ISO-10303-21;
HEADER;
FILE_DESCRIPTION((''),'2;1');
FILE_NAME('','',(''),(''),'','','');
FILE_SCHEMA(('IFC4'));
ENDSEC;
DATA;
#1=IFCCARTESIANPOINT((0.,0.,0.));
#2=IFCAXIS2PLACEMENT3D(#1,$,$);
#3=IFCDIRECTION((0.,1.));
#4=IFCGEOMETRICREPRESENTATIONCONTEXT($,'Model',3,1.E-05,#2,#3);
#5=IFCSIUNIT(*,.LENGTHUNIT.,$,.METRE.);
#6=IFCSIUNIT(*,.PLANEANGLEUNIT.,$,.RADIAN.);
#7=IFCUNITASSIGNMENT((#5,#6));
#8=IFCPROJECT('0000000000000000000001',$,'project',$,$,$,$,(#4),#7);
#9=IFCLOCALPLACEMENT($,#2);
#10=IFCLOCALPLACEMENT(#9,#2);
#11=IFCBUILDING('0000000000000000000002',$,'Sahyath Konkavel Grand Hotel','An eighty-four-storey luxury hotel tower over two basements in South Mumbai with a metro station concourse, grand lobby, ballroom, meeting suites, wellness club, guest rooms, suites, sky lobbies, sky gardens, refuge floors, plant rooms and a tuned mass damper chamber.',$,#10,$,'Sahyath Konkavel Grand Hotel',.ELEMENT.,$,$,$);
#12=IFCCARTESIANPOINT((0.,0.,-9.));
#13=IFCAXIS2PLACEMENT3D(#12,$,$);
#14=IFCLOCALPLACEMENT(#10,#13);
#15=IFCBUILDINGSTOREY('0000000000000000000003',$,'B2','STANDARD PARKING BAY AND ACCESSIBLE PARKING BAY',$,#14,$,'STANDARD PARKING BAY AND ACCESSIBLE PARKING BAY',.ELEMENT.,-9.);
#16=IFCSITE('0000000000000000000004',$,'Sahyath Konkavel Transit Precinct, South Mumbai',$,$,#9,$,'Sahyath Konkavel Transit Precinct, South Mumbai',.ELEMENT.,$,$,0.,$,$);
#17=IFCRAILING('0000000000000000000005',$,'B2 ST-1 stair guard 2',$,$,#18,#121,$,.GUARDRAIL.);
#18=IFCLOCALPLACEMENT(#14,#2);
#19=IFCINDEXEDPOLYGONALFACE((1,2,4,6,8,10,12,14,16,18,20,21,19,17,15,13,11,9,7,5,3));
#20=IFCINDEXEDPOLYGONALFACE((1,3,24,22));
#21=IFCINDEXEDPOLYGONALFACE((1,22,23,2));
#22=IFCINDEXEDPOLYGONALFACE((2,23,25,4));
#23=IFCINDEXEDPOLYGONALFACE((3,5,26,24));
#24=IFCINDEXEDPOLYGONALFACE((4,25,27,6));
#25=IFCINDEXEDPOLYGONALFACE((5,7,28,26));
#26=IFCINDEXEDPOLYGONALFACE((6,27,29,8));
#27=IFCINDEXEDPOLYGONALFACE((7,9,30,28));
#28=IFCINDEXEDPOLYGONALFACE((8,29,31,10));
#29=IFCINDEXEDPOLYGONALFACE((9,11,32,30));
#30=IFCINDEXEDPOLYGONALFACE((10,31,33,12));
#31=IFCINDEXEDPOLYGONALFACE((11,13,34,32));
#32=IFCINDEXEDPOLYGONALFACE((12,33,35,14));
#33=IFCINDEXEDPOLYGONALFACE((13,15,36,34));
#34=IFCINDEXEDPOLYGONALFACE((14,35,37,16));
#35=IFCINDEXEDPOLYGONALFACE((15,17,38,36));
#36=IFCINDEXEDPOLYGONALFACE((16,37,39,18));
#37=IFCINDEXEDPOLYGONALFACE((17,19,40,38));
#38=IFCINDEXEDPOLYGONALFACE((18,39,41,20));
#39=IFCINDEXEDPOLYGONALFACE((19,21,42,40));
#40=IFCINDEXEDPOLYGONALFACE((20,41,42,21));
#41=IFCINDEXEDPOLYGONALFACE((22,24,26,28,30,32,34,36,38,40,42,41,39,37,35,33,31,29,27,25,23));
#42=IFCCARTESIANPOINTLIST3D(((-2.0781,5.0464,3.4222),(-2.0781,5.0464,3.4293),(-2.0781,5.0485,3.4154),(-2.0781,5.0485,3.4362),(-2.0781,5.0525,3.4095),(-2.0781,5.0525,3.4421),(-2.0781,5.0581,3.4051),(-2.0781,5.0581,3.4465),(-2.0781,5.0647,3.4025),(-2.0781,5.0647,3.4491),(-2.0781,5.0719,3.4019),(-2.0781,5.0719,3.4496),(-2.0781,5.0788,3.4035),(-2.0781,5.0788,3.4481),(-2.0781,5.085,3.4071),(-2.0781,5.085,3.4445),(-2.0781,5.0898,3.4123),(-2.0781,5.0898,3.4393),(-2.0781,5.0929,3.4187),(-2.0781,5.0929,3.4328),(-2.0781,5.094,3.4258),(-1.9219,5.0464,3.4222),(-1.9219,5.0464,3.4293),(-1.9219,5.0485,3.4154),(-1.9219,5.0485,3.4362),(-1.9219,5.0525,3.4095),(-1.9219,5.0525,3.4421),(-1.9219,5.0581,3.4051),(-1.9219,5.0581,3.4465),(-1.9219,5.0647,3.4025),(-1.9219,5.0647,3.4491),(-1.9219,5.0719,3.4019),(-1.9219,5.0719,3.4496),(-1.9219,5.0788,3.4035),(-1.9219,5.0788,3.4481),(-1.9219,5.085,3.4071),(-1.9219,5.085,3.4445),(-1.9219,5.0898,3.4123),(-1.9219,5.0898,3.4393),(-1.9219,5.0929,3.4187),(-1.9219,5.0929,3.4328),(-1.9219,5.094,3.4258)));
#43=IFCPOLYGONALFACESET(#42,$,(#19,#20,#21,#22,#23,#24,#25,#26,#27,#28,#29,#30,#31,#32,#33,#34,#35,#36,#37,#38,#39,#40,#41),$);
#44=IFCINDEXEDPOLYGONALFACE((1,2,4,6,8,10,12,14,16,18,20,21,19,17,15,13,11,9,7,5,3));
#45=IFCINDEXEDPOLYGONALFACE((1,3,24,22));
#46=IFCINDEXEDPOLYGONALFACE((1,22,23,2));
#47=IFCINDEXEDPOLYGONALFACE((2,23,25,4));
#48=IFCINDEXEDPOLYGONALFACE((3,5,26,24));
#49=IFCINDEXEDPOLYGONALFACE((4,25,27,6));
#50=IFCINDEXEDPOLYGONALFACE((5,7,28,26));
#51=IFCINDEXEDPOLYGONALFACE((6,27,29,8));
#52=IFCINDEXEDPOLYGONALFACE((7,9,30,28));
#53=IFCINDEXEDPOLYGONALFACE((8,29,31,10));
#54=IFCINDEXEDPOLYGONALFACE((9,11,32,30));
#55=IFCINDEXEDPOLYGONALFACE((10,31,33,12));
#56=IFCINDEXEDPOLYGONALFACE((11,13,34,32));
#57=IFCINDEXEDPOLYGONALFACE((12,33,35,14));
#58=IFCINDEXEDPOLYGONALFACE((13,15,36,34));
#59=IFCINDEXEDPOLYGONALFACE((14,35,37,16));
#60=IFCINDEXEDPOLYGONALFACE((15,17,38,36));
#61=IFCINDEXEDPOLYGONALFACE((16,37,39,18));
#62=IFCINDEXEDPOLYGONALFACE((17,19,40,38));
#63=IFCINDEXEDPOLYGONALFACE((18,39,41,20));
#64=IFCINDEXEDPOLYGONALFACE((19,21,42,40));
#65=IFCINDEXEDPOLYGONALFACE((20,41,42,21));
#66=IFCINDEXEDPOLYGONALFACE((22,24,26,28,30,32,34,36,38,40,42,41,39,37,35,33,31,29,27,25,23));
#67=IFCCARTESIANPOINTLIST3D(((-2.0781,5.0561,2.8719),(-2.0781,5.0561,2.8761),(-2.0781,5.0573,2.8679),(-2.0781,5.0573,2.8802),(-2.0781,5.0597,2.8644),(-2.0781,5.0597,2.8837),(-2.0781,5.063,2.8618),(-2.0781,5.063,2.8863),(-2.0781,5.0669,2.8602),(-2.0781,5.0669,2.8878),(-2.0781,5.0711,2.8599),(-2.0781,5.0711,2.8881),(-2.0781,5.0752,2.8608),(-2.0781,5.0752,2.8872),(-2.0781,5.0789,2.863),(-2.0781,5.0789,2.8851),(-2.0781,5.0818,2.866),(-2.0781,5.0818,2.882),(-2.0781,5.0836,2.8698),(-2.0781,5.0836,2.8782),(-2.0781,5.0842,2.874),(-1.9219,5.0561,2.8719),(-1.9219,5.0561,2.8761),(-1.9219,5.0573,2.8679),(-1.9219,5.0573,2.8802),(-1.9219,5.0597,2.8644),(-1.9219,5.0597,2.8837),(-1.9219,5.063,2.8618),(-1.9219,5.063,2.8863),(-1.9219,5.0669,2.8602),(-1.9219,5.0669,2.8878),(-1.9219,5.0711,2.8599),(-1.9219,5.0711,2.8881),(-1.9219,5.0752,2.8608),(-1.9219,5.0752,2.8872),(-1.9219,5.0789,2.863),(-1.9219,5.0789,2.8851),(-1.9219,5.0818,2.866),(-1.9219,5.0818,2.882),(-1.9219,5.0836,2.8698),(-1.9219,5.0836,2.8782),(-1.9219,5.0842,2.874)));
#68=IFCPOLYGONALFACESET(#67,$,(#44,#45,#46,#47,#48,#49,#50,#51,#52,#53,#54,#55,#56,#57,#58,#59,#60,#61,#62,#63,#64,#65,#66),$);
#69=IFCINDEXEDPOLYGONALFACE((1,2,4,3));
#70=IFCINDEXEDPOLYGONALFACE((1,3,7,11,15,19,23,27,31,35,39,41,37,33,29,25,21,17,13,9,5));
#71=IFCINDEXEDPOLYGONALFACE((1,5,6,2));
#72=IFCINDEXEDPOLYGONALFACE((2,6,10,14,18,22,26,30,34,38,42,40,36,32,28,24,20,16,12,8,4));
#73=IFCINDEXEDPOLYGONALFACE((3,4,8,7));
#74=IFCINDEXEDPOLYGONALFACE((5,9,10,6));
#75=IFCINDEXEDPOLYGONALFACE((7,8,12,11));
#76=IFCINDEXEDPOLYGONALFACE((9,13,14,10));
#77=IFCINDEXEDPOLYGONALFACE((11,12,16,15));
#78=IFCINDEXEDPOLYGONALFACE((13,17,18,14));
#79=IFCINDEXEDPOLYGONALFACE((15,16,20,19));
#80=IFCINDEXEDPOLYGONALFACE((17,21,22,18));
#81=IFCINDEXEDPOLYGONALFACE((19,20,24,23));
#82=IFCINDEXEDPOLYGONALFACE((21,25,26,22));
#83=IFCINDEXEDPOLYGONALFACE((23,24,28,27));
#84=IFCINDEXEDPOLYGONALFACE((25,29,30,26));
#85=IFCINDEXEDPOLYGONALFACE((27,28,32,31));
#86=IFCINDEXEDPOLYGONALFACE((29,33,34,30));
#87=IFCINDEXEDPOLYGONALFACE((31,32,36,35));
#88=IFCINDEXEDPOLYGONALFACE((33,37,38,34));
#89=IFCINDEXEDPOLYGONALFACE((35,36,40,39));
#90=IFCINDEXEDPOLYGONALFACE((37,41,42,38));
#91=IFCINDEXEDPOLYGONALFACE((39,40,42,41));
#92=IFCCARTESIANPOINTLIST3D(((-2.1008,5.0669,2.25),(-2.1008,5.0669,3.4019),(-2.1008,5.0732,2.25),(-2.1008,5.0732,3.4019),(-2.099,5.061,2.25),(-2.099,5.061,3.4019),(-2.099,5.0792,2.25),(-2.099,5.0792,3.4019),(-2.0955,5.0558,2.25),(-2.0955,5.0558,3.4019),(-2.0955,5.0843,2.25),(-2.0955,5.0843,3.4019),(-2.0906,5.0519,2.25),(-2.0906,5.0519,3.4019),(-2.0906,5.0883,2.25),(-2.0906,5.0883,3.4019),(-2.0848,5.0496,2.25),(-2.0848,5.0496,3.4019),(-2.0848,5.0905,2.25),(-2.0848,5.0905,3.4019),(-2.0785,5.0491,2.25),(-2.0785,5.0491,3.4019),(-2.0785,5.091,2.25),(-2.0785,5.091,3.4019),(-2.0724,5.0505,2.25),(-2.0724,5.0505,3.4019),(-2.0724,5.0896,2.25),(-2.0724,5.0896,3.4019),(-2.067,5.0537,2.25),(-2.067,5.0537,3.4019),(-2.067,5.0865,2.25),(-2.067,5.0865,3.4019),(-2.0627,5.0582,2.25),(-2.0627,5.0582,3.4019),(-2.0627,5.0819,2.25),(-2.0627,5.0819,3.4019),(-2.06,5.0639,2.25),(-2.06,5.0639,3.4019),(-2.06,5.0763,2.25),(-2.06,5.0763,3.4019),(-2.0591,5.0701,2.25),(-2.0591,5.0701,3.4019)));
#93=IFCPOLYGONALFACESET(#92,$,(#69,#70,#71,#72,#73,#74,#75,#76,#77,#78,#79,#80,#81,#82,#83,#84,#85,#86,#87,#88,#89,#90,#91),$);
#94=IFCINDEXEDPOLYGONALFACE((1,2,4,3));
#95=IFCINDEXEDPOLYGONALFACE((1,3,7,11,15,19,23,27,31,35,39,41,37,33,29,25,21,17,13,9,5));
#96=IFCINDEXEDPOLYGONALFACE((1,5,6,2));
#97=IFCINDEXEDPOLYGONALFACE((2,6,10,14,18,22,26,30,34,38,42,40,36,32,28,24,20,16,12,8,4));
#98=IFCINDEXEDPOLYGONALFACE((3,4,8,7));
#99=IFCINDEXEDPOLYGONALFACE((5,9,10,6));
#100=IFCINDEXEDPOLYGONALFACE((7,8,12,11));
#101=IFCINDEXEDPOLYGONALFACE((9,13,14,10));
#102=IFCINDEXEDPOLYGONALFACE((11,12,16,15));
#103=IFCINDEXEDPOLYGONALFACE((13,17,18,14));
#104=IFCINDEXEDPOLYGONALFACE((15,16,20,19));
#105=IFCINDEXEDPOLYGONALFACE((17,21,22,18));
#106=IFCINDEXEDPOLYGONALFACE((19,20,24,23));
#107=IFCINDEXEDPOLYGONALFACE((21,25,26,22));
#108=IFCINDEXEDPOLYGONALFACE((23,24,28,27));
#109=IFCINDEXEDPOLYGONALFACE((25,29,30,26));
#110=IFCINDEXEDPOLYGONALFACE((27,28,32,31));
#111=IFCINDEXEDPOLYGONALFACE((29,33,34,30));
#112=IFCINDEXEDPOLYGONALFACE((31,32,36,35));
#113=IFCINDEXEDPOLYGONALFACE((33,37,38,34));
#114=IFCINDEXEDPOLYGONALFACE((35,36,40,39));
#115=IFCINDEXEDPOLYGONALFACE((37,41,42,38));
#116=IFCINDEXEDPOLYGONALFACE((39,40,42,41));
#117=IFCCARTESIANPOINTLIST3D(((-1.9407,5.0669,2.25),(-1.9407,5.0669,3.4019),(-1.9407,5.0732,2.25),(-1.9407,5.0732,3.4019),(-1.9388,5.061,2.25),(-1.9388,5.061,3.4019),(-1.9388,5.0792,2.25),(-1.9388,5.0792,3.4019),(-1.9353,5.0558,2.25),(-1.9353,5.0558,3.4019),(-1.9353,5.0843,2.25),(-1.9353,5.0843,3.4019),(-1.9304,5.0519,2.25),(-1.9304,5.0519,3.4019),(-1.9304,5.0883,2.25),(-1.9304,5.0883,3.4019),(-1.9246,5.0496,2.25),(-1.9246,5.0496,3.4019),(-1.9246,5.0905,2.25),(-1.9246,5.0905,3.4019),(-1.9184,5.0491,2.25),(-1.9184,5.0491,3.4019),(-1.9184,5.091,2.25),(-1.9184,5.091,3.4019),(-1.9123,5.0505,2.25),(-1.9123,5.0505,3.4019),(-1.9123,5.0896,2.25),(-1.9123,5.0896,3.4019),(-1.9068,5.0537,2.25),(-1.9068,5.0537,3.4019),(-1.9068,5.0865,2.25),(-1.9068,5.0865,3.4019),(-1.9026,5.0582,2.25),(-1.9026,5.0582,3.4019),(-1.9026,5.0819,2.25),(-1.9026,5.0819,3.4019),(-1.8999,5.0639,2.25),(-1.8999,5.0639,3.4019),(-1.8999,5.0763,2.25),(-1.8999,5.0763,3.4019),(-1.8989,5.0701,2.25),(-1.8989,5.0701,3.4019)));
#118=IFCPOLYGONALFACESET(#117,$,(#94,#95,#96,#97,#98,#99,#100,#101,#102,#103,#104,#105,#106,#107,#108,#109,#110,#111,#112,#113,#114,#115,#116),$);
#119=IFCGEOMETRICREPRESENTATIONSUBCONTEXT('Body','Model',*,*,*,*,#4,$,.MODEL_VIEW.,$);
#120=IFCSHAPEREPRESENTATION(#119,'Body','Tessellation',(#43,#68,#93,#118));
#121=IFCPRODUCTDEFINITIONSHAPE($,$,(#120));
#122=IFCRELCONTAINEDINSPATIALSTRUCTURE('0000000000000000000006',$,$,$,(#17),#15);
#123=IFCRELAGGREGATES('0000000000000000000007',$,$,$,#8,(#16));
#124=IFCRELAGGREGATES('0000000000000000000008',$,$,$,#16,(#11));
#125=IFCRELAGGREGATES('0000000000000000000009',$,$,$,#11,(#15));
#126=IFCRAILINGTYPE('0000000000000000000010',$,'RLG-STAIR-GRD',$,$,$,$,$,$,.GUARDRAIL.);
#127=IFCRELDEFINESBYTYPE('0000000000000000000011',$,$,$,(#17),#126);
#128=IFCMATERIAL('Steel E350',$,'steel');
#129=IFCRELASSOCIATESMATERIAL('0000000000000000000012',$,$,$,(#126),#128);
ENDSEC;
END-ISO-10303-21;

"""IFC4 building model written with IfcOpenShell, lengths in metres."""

from ifc_helpers import new_model, si_unit, direction, frame, origin, origin_2d, place, context, subcontext, project, spatial, circle, extrude, material, type_object, element, save


model = new_model("IFC4")

# Units and contexts
model_context = context("Model", 3, precision=1e-05, world=origin(), true_north=direction((0.0, 1.0)))
body_context = subcontext(model_context, "Body", "Model", "MODEL_VIEW")
ifc_project = project(units=[si_unit("LENGTHUNIT", "METRE"), si_unit("PLANEANGLEUNIT", "RADIAN")], contexts=[model_context])

# Site, building, storey
site_placement = place(None, origin())
site = spatial("IfcSite", under=ifc_project, at=site_placement, Name="Sahyath Konkavel Transit Precinct, South Mumbai", LongName="Sahyath Konkavel Transit Precinct, South Mumbai", CompositionType="ELEMENT", RefElevation=0.0)
building_placement = place(site_placement, origin())
building = spatial("IfcBuilding", under=site, at=building_placement, Name="Sahyath Konkavel Grand Hotel", Description="An eighty-four-storey luxury hotel tower over two basements in South Mumbai with a metro station concourse, grand lobby, ballroom, meeting suites, wellness club, guest rooms, suites, sky lobbies, sky gardens, refuge floors, plant rooms and a tuned mass damper chamber.", LongName="Sahyath Konkavel Grand Hotel", CompositionType="ELEMENT")
storey_placement = place(building_placement, frame((0.0, 0.0, -9.0)))
storey = spatial("IfcBuildingStorey", under=building, at=storey_placement, Name="B2", Description="STANDARD PARKING BAY AND ACCESSIBLE PARKING BAY", LongName="STANDARD PARKING BAY AND ACCESSIBLE PARKING BAY", CompositionType="ELEMENT", Elevation=-9.0)

# Shared definitions
ifc_material_1 = material(Name="Steel E350", Category="steel")

# Railing
railing_type_1 = type_object("IfcRailingType", Name="RLG-STAIR-GRD", PredefinedType="GUARDRAIL", material=ifc_material_1)
railing_1_placement = place(storey_placement, frame((-2.0801, 5.0701, 2.25)))
element("IfcRailing", 1, at=railing_1_placement, inside=storey, type_object=railing_type_1, Name="B2 ST-1 stair guard 2", PredefinedType="GUARDRAIL", context=body_context, shape_type="SweptSolid", body=[
    extrude(circle(Radius=0.0239, at=origin_2d()), frame((0.002, 0.0, 1.1758), z_axis=(1.0, 0.0, 0.0), x_axis=(0.0, 1.0, 0.0)), (0.0, 0.0, 1.0), 0.1562),
    extrude(circle(Radius=0.0142, at=origin_2d()), frame((0.002, 0.0, 0.624), z_axis=(1.0, 0.0, 0.0), x_axis=(0.0, 1.0, 0.0)), (0.0, 0.0, 1.0), 0.1562),
    extrude(circle(Radius=0.021, at=origin_2d()), origin(), (0.0, 0.0, 1.0), 1.1519),
    extrude(circle(Radius=0.021, at=origin_2d()), frame((0.1602, 0.0, 0.0)), (0.0, 0.0, 1.0), 1.1519),
])

save(model, "model.ifc")
